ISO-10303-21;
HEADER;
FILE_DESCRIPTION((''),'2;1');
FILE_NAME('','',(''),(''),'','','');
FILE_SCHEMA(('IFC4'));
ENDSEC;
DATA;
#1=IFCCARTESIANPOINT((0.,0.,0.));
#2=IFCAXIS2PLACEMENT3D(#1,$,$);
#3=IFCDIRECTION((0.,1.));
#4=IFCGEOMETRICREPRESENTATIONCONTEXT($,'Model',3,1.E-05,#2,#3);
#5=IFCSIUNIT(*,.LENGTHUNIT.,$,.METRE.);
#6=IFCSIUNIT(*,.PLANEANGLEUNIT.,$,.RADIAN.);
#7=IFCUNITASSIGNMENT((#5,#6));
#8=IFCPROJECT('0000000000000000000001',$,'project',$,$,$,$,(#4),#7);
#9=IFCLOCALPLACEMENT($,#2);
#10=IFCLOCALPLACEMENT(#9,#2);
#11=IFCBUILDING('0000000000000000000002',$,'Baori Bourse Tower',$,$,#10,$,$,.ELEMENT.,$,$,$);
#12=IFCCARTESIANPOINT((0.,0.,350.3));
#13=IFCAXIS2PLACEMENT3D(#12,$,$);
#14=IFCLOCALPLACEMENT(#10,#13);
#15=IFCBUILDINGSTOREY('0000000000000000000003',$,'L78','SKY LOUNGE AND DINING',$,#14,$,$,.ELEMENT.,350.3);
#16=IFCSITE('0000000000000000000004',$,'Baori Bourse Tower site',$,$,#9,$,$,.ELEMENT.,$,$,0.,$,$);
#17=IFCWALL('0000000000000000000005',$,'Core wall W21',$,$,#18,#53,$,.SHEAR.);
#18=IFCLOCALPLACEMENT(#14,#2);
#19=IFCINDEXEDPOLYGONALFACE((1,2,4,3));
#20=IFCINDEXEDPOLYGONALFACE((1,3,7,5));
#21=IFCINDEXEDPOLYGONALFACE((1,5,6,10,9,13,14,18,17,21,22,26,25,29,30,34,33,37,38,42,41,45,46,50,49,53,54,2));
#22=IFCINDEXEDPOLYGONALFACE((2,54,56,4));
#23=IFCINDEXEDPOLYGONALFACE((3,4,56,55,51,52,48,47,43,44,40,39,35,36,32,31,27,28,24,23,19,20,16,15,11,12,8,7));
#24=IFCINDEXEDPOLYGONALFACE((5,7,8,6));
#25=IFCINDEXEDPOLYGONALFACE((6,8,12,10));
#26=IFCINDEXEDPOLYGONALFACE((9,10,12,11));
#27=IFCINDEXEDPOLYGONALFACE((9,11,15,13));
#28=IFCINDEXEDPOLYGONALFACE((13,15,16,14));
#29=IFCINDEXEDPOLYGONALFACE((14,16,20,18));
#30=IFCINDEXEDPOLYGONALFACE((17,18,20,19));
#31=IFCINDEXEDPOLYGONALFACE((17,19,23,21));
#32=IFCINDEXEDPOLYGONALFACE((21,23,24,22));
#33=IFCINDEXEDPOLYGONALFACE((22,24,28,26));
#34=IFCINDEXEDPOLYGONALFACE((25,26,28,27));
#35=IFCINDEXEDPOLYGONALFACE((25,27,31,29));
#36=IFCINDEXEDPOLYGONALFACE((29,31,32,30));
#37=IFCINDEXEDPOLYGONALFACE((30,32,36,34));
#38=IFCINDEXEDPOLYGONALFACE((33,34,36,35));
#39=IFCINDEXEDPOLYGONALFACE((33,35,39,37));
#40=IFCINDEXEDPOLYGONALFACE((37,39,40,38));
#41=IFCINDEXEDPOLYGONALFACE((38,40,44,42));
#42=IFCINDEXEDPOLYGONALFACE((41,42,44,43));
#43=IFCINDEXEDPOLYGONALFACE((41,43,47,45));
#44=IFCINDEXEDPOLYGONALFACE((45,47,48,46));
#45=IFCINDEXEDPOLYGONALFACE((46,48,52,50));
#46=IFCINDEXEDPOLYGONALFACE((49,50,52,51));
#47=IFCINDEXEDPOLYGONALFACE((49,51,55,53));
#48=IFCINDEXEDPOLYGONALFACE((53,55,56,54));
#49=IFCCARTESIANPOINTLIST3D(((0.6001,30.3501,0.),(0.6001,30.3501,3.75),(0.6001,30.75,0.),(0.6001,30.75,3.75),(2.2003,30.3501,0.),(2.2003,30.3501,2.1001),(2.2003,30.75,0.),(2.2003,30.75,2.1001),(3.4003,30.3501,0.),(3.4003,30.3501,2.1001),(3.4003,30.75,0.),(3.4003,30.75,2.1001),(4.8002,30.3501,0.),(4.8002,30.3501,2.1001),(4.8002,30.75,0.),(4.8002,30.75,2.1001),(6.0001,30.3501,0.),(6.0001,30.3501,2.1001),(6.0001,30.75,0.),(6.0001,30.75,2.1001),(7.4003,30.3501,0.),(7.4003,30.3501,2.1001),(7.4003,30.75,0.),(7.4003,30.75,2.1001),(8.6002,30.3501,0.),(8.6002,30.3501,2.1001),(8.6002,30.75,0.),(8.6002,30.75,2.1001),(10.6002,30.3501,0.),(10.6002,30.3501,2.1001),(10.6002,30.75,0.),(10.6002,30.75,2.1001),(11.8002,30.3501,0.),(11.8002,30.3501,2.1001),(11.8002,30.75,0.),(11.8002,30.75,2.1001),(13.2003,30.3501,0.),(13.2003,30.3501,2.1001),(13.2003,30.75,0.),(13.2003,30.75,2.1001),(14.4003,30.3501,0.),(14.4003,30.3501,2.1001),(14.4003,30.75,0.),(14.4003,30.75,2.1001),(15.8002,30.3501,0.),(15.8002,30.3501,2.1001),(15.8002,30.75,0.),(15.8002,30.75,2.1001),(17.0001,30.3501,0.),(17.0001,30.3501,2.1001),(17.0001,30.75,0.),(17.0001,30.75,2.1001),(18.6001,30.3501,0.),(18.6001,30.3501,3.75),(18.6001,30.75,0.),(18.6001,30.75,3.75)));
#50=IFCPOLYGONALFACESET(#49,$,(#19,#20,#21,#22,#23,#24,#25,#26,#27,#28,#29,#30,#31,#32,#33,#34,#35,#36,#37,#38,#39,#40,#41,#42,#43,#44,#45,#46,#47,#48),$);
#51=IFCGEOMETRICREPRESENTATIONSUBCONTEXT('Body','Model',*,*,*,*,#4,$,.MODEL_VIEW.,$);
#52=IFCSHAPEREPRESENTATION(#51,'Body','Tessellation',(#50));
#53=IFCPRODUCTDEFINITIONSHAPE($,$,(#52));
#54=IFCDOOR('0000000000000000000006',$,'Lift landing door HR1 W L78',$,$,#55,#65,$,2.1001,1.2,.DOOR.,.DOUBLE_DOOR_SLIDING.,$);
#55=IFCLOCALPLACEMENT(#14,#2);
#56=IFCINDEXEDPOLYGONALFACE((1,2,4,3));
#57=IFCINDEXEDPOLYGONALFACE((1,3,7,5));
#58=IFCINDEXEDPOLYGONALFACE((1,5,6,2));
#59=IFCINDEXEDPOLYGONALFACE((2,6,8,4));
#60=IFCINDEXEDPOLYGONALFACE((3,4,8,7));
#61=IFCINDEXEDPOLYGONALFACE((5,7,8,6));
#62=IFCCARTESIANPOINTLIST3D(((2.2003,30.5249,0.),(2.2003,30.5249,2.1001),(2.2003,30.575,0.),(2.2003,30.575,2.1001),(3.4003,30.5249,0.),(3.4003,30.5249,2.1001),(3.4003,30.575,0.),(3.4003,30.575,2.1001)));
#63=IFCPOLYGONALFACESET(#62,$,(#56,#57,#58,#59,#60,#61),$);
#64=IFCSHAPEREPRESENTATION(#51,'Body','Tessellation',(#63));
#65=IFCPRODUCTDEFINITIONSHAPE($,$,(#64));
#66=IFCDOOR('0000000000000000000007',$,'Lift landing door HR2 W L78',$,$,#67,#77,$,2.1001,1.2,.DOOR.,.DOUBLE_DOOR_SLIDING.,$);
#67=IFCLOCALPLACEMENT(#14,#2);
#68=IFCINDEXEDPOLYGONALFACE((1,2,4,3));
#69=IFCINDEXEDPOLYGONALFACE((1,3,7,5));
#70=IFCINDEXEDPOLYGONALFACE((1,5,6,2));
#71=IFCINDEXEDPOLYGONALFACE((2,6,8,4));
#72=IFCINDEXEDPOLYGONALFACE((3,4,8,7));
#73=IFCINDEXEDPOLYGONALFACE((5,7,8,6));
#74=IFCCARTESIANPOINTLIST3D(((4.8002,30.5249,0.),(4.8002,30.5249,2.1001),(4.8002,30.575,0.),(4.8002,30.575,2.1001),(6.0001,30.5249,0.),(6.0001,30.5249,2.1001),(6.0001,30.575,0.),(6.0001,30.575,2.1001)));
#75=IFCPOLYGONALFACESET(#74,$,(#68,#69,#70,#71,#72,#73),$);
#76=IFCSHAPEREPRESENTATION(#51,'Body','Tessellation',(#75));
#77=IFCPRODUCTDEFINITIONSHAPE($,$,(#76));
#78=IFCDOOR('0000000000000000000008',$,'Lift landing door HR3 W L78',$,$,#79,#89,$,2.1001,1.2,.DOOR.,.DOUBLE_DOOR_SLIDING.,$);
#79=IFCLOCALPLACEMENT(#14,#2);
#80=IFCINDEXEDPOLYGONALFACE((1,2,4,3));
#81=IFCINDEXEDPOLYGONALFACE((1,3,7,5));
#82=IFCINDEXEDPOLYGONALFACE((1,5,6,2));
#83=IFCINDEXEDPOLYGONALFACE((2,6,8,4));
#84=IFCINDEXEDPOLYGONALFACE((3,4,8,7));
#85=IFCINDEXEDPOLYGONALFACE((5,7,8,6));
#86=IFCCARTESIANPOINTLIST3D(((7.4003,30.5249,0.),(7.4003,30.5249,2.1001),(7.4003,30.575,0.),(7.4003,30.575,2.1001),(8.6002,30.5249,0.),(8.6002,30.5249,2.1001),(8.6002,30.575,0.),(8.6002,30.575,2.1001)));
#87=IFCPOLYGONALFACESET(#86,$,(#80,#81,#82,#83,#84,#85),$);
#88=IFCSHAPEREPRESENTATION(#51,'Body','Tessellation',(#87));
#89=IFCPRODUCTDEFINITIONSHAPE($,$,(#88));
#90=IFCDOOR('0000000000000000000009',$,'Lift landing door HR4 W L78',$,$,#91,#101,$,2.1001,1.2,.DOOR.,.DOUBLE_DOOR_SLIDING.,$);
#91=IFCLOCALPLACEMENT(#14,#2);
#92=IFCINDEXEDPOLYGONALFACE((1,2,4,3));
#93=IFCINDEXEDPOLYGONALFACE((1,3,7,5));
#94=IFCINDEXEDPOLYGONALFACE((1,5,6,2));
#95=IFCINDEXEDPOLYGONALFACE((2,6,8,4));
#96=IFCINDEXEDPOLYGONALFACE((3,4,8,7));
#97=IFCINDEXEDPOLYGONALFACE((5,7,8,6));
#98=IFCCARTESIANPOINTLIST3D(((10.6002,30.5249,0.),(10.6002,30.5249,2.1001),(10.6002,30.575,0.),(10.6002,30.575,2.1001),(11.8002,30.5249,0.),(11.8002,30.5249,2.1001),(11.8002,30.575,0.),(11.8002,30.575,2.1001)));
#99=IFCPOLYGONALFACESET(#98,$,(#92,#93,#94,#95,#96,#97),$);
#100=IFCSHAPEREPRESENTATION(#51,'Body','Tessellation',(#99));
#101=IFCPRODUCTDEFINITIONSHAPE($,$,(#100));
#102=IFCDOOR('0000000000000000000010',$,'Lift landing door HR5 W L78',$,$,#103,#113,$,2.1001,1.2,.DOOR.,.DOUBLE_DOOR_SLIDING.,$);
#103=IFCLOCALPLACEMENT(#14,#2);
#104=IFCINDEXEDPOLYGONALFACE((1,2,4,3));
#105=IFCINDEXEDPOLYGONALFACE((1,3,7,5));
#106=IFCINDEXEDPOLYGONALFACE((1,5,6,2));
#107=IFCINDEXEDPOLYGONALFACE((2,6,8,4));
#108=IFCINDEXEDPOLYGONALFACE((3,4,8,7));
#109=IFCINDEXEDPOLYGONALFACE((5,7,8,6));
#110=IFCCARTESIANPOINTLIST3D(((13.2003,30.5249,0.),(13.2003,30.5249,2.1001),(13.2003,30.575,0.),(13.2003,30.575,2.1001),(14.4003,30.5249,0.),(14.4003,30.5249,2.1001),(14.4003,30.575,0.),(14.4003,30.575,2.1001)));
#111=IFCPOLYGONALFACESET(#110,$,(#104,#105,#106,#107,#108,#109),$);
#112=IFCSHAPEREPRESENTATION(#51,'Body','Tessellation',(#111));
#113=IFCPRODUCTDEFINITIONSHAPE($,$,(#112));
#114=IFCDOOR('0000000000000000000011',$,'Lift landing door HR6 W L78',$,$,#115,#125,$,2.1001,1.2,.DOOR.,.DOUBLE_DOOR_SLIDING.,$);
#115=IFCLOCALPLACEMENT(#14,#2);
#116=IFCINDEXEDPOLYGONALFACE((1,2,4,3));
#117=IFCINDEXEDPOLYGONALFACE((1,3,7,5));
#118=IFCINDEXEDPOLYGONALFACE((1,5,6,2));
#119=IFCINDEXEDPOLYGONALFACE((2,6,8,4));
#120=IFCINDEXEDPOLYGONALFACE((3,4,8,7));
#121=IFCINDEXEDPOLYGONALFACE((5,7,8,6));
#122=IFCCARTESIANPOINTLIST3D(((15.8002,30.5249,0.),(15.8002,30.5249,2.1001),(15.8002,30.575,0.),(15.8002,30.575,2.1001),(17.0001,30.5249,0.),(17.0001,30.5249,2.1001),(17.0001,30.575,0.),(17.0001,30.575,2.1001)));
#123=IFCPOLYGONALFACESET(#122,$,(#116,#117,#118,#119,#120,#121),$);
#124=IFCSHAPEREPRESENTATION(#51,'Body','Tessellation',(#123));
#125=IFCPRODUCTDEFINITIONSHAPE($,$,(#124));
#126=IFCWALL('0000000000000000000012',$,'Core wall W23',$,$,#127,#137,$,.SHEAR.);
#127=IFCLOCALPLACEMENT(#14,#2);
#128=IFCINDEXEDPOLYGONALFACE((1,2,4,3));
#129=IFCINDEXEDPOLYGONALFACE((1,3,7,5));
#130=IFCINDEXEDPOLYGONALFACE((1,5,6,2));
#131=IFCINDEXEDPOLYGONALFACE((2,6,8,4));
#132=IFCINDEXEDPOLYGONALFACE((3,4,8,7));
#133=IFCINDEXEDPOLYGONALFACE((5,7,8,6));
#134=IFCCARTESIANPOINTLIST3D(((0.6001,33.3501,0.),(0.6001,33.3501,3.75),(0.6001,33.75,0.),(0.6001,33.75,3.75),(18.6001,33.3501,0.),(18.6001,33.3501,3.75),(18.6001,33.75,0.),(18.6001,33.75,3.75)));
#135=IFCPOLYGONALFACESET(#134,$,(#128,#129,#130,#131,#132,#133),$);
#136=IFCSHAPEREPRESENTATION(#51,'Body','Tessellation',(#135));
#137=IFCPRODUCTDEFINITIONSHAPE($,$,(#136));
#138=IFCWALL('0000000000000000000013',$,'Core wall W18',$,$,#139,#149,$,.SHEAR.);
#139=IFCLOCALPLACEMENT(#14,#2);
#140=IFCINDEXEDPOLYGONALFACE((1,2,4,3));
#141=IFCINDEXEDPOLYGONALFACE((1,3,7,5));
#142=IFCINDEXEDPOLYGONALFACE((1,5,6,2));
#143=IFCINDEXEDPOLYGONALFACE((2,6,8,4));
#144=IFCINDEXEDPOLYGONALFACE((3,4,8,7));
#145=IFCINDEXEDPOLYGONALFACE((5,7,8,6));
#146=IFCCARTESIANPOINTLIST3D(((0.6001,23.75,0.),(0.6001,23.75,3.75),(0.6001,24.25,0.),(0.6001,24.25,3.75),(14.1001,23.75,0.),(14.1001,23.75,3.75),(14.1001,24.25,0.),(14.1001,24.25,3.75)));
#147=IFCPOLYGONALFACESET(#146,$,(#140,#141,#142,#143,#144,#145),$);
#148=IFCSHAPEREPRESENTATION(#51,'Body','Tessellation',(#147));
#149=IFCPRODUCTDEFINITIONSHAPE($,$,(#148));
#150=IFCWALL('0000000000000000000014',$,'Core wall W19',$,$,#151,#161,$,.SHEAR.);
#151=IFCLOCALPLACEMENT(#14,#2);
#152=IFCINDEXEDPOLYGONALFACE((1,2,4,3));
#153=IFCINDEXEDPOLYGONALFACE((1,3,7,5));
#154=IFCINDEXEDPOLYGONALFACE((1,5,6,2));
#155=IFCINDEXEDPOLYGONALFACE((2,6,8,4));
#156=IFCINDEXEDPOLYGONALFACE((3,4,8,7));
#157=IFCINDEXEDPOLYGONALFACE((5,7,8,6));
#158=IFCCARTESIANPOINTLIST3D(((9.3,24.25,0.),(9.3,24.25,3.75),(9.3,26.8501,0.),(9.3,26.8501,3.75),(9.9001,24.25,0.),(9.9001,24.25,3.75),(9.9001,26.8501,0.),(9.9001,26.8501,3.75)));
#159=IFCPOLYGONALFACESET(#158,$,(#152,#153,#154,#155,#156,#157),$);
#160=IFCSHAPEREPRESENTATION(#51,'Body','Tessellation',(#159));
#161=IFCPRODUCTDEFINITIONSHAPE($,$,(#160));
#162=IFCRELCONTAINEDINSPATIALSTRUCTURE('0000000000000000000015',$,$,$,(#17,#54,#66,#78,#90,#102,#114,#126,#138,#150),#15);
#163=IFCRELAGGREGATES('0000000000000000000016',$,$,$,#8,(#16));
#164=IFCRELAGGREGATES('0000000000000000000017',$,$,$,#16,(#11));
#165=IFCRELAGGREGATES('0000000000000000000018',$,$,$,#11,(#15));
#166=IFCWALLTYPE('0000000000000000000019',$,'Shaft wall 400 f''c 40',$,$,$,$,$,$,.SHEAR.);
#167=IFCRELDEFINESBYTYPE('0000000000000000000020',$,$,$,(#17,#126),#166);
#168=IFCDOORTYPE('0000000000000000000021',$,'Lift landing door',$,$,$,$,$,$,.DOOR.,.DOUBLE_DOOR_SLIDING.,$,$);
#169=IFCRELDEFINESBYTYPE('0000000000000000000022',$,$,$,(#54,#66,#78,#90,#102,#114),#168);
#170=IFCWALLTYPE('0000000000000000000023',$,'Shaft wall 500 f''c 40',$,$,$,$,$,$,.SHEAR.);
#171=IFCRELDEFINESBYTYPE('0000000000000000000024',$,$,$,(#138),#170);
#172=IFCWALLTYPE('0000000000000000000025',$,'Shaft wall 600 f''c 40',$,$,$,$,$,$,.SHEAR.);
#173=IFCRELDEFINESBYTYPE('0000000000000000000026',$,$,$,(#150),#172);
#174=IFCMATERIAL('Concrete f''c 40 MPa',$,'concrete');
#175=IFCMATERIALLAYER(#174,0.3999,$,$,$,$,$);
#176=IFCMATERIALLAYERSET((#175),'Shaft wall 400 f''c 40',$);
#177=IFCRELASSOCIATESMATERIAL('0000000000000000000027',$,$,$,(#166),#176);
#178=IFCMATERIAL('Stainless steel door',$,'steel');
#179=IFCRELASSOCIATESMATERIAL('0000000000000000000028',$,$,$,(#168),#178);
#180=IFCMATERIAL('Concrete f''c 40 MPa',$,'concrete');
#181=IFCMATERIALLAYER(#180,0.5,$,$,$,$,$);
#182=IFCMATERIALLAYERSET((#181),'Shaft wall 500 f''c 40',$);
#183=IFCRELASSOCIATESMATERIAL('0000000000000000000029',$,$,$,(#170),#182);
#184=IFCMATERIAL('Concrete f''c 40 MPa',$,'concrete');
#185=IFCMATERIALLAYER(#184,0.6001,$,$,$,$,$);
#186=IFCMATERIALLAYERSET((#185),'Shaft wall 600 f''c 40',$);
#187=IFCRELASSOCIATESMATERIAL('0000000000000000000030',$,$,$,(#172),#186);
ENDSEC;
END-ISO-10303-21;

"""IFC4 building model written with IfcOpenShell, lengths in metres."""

from ifc_helpers import new_model, si_unit, direction, frame, frame_2d, origin, place, context, subcontext, project, spatial, rectangle, extrude, material, layer, layer_set, type_object, element, fill, save


model = new_model("IFC4")

# Units and contexts
model_context = context("Model", 3, precision=1e-05, world=origin(), true_north=direction((0.0, 1.0)))
body_context = subcontext(model_context, "Body", "Model", "MODEL_VIEW")
ifc_project = project(units=[si_unit("LENGTHUNIT", "METRE"), si_unit("PLANEANGLEUNIT", "RADIAN")], contexts=[model_context])

# Site, building, storey
site_placement = place(None, origin())
site = spatial("IfcSite", under=ifc_project, at=site_placement, Name="Baori Bourse Tower site", CompositionType="ELEMENT", RefElevation=0.0)
building_placement = place(site_placement, origin())
building = spatial("IfcBuilding", under=site, at=building_placement, Name="Baori Bourse Tower", CompositionType="ELEMENT")
storey_placement = place(building_placement, frame((0.0, 0.0, 350.3)))
storey = spatial("IfcBuildingStorey", under=building, at=storey_placement, Name="L78", Description="SKY LOUNGE AND DINING", CompositionType="ELEMENT", Elevation=350.3)

# Wall, openings, doors
ifc_material_1 = material(Name="Concrete f'c 40 MPa", Category="concrete")
ifc_layer_1 = layer(ifc_material_1, 0.3999)
ifc_layer_set_1 = layer_set([ifc_layer_1], Name="Shaft wall 400 f'c 40")
wall_type_1 = type_object("IfcWallType", Name="Shaft wall 400 f'c 40", PredefinedType="SHEAR", material=ifc_layer_set_1)
ifc_material_2 = material(Name="Stainless steel door", Category="steel")
door_type_1 = type_object("IfcDoorType", Name="Lift landing door", OperationType="DOUBLE_DOOR_SLIDING", PredefinedType="DOOR", material=ifc_material_2)
wall_1_placement = place(storey_placement, frame((0.6001, 30.55, 0.0), z_axis=(0.0, 0.0, 1.0), x_axis=(1.0, 0.0, 0.0)))
wall_1 = element("IfcWall", 1, at=wall_1_placement, inside=storey, type_object=wall_type_1, Name="Core wall W21", PredefinedType="SHEAR", context=body_context, shape_type="SweptSolid", body=[
    extrude(rectangle(XDim=18.0, YDim=0.3999, at=frame_2d((9.0, 0.0))), origin(), (0.0, 0.0, 1.0), 3.75),
])
opening_1_placement = place(wall_1_placement, frame((1.6001, 0.0, 0.0)))
opening_1 = element("IfcOpeningElement", 2, at=opening_1_placement, cuts=wall_1, PredefinedType="OPENING", context=body_context, shape_type="SweptSolid", body=[
    extrude(rectangle(XDim=1.2, YDim=2.1001, at=frame_2d((0.6001, 1.05))), frame((0.0, 0.21, 0.0), z_axis=(0.0, -1.0, 0.0), x_axis=(1.0, 0.0, 0.0)), (0.0, 0.0, 1.0), 0.4199),
])
opening_2_placement = place(wall_1_placement, frame((4.2, 0.0, 0.0)))
opening_2 = element("IfcOpeningElement", 3, at=opening_2_placement, cuts=wall_1, PredefinedType="OPENING", context=body_context, shape_type="SweptSolid", body=[
    extrude(rectangle(XDim=1.2, YDim=2.1001, at=frame_2d((0.6001, 1.05))), frame((0.0, 0.21, 0.0), z_axis=(0.0, -1.0, 0.0), x_axis=(1.0, 0.0, 0.0)), (0.0, 0.0, 1.0), 0.4199),
])
opening_3_placement = place(wall_1_placement, frame((6.8, 0.0, 0.0)))
opening_3 = element("IfcOpeningElement", 4, at=opening_3_placement, cuts=wall_1, PredefinedType="OPENING", context=body_context, shape_type="SweptSolid", body=[
    extrude(rectangle(XDim=1.2, YDim=2.1001, at=frame_2d((0.6001, 1.05))), frame((0.0, 0.21, 0.0), z_axis=(0.0, -1.0, 0.0), x_axis=(1.0, 0.0, 0.0)), (0.0, 0.0, 1.0), 0.4199),
])
opening_4_placement = place(wall_1_placement, frame((10.0, 0.0, 0.0)))
opening_4 = element("IfcOpeningElement", 5, at=opening_4_placement, cuts=wall_1, PredefinedType="OPENING", context=body_context, shape_type="SweptSolid", body=[
    extrude(rectangle(XDim=1.2, YDim=2.1001, at=frame_2d((0.6001, 1.05))), frame((0.0, 0.21, 0.0), z_axis=(0.0, -1.0, 0.0), x_axis=(1.0, 0.0, 0.0)), (0.0, 0.0, 1.0), 0.4199),
])
opening_5_placement = place(wall_1_placement, frame((12.6001, 0.0, 0.0)))
opening_5 = element("IfcOpeningElement", 6, at=opening_5_placement, cuts=wall_1, PredefinedType="OPENING", context=body_context, shape_type="SweptSolid", body=[
    extrude(rectangle(XDim=1.2, YDim=2.1001, at=frame_2d((0.6001, 1.05))), frame((0.0, 0.21, 0.0), z_axis=(0.0, -1.0, 0.0), x_axis=(1.0, 0.0, 0.0)), (0.0, 0.0, 1.0), 0.4199),
])
opening_6_placement = place(wall_1_placement, frame((15.2, 0.0, 0.0)))
opening_6 = element("IfcOpeningElement", 7, at=opening_6_placement, cuts=wall_1, PredefinedType="OPENING", context=body_context, shape_type="SweptSolid", body=[
    extrude(rectangle(XDim=1.2, YDim=2.1001, at=frame_2d((0.6001, 1.05))), frame((0.0, 0.21, 0.0), z_axis=(0.0, -1.0, 0.0), x_axis=(1.0, 0.0, 0.0)), (0.0, 0.0, 1.0), 0.4199),
])
door_1_placement = place(opening_1_placement, origin())
door_1 = element("IfcDoor", 8, at=door_1_placement, inside=storey, type_object=door_type_1, Name="Lift landing door HR1 W L78", OperationType="DOUBLE_DOOR_SLIDING", OverallHeight=2.1001, OverallWidth=1.2, PredefinedType="DOOR", context=body_context, shape_type="SweptSolid", body=[
    extrude(rectangle(XDim=1.2, YDim=2.1001, at=frame_2d((0.6001, 1.05))), frame((0.0, 0.0249, 0.0), z_axis=(0.0, -1.0, 0.0), x_axis=(1.0, 0.0, 0.0)), (0.0, 0.0, 1.0), 0.05),
])
fill(opening_1, door_1)
door_2_placement = place(opening_2_placement, origin())
door_2 = element("IfcDoor", 9, at=door_2_placement, inside=storey, type_object=door_type_1, Name="Lift landing door HR2 W L78", OperationType="DOUBLE_DOOR_SLIDING", OverallHeight=2.1001, OverallWidth=1.2, PredefinedType="DOOR", context=body_context, shape_type="SweptSolid", body=[
    extrude(rectangle(XDim=1.2, YDim=2.1001, at=frame_2d((0.6001, 1.05))), frame((0.0, 0.0249, 0.0), z_axis=(0.0, -1.0, 0.0), x_axis=(1.0, 0.0, 0.0)), (0.0, 0.0, 1.0), 0.05),
])
fill(opening_2, door_2)
door_3_placement = place(opening_3_placement, origin())
door_3 = element("IfcDoor", 10, at=door_3_placement, inside=storey, type_object=door_type_1, Name="Lift landing door HR3 W L78", OperationType="DOUBLE_DOOR_SLIDING", OverallHeight=2.1001, OverallWidth=1.2, PredefinedType="DOOR", context=body_context, shape_type="SweptSolid", body=[
    extrude(rectangle(XDim=1.2, YDim=2.1001, at=frame_2d((0.6001, 1.05))), frame((0.0, 0.0249, 0.0), z_axis=(0.0, -1.0, 0.0), x_axis=(1.0, 0.0, 0.0)), (0.0, 0.0, 1.0), 0.05),
])
fill(opening_3, door_3)
door_4_placement = place(opening_4_placement, origin())
door_4 = element("IfcDoor", 11, at=door_4_placement, inside=storey, type_object=door_type_1, Name="Lift landing door HR4 W L78", OperationType="DOUBLE_DOOR_SLIDING", OverallHeight=2.1001, OverallWidth=1.2, PredefinedType="DOOR", context=body_context, shape_type="SweptSolid", body=[
    extrude(rectangle(XDim=1.2, YDim=2.1001, at=frame_2d((0.6001, 1.05))), frame((0.0, 0.0249, 0.0), z_axis=(0.0, -1.0, 0.0), x_axis=(1.0, 0.0, 0.0)), (0.0, 0.0, 1.0), 0.05),
])
fill(opening_4, door_4)
door_5_placement = place(opening_5_placement, origin())
door_5 = element("IfcDoor", 12, at=door_5_placement, inside=storey, type_object=door_type_1, Name="Lift landing door HR5 W L78", OperationType="DOUBLE_DOOR_SLIDING", OverallHeight=2.1001, OverallWidth=1.2, PredefinedType="DOOR", context=body_context, shape_type="SweptSolid", body=[
    extrude(rectangle(XDim=1.2, YDim=2.1001, at=frame_2d((0.6001, 1.05))), frame((0.0, 0.0249, 0.0), z_axis=(0.0, -1.0, 0.0), x_axis=(1.0, 0.0, 0.0)), (0.0, 0.0, 1.0), 0.05),
])
fill(opening_5, door_5)
door_6_placement = place(opening_6_placement, origin())
door_6 = element("IfcDoor", 13, at=door_6_placement, inside=storey, type_object=door_type_1, Name="Lift landing door HR6 W L78", OperationType="DOUBLE_DOOR_SLIDING", OverallHeight=2.1001, OverallWidth=1.2, PredefinedType="DOOR", context=body_context, shape_type="SweptSolid", body=[
    extrude(rectangle(XDim=1.2, YDim=2.1001, at=frame_2d((0.6001, 1.05))), frame((0.0, 0.0249, 0.0), z_axis=(0.0, -1.0, 0.0), x_axis=(1.0, 0.0, 0.0)), (0.0, 0.0, 1.0), 0.05),
])
fill(opening_6, door_6)

# Walls
wall_2_placement = place(storey_placement, frame((0.6001, 33.55, 0.0), z_axis=(0.0, 0.0, 1.0), x_axis=(1.0, 0.0, 0.0)))
element("IfcWall", 14, at=wall_2_placement, inside=storey, type_object=wall_type_1, Name="Core wall W23", PredefinedType="SHEAR", context=body_context, shape_type="SweptSolid", body=[
    extrude(rectangle(XDim=18.0, YDim=0.3999, at=frame_2d((9.0, 0.0))), origin(), (0.0, 0.0, 1.0), 3.75),
])
ifc_material_3 = material(Name="Concrete f'c 40 MPa", Category="concrete")
ifc_layer_2 = layer(ifc_material_3, 0.5)
ifc_layer_set_2 = layer_set([ifc_layer_2], Name="Shaft wall 500 f'c 40")
wall_type_2 = type_object("IfcWallType", Name="Shaft wall 500 f'c 40", PredefinedType="SHEAR", material=ifc_layer_set_2)
wall_3_placement = place(storey_placement, frame((0.6001, 24.0, 0.0), z_axis=(0.0, 0.0, 1.0), x_axis=(1.0, 0.0, 0.0)))
element("IfcWall", 15, at=wall_3_placement, inside=storey, type_object=wall_type_2, Name="Core wall W18", PredefinedType="SHEAR", context=body_context, shape_type="SweptSolid", body=[
    extrude(rectangle(XDim=13.5, YDim=0.5, at=frame_2d((6.75, 0.0))), origin(), (0.0, 0.0, 1.0), 3.75),
])
ifc_material_4 = material(Name="Concrete f'c 40 MPa", Category="concrete")
ifc_layer_3 = layer(ifc_material_4, 0.6001)
ifc_layer_set_3 = layer_set([ifc_layer_3], Name="Shaft wall 600 f'c 40")
wall_type_3 = type_object("IfcWallType", Name="Shaft wall 600 f'c 40", PredefinedType="SHEAR", material=ifc_layer_set_3)
for number, where, z_axis, x_axis, name in (
    (16, (9.6001, 24.25, 0.0), (0.0, 0.0, 1.0), (0.0, 1.0, 0.0), "Core wall W19"),
):
    element("IfcWall", number, at=place(storey_placement, frame(where, z_axis=z_axis, x_axis=x_axis)), inside=storey, type_object=wall_type_3, Name=name, PredefinedType="SHEAR", context=body_context, shape_type="SweptSolid", body=[
        extrude(rectangle(XDim=2.6001, YDim=0.6001, at=frame_2d((1.3, 0.0))), origin(), (0.0, 0.0, 1.0), 3.75),
    ])

save(model, "model.ifc")
